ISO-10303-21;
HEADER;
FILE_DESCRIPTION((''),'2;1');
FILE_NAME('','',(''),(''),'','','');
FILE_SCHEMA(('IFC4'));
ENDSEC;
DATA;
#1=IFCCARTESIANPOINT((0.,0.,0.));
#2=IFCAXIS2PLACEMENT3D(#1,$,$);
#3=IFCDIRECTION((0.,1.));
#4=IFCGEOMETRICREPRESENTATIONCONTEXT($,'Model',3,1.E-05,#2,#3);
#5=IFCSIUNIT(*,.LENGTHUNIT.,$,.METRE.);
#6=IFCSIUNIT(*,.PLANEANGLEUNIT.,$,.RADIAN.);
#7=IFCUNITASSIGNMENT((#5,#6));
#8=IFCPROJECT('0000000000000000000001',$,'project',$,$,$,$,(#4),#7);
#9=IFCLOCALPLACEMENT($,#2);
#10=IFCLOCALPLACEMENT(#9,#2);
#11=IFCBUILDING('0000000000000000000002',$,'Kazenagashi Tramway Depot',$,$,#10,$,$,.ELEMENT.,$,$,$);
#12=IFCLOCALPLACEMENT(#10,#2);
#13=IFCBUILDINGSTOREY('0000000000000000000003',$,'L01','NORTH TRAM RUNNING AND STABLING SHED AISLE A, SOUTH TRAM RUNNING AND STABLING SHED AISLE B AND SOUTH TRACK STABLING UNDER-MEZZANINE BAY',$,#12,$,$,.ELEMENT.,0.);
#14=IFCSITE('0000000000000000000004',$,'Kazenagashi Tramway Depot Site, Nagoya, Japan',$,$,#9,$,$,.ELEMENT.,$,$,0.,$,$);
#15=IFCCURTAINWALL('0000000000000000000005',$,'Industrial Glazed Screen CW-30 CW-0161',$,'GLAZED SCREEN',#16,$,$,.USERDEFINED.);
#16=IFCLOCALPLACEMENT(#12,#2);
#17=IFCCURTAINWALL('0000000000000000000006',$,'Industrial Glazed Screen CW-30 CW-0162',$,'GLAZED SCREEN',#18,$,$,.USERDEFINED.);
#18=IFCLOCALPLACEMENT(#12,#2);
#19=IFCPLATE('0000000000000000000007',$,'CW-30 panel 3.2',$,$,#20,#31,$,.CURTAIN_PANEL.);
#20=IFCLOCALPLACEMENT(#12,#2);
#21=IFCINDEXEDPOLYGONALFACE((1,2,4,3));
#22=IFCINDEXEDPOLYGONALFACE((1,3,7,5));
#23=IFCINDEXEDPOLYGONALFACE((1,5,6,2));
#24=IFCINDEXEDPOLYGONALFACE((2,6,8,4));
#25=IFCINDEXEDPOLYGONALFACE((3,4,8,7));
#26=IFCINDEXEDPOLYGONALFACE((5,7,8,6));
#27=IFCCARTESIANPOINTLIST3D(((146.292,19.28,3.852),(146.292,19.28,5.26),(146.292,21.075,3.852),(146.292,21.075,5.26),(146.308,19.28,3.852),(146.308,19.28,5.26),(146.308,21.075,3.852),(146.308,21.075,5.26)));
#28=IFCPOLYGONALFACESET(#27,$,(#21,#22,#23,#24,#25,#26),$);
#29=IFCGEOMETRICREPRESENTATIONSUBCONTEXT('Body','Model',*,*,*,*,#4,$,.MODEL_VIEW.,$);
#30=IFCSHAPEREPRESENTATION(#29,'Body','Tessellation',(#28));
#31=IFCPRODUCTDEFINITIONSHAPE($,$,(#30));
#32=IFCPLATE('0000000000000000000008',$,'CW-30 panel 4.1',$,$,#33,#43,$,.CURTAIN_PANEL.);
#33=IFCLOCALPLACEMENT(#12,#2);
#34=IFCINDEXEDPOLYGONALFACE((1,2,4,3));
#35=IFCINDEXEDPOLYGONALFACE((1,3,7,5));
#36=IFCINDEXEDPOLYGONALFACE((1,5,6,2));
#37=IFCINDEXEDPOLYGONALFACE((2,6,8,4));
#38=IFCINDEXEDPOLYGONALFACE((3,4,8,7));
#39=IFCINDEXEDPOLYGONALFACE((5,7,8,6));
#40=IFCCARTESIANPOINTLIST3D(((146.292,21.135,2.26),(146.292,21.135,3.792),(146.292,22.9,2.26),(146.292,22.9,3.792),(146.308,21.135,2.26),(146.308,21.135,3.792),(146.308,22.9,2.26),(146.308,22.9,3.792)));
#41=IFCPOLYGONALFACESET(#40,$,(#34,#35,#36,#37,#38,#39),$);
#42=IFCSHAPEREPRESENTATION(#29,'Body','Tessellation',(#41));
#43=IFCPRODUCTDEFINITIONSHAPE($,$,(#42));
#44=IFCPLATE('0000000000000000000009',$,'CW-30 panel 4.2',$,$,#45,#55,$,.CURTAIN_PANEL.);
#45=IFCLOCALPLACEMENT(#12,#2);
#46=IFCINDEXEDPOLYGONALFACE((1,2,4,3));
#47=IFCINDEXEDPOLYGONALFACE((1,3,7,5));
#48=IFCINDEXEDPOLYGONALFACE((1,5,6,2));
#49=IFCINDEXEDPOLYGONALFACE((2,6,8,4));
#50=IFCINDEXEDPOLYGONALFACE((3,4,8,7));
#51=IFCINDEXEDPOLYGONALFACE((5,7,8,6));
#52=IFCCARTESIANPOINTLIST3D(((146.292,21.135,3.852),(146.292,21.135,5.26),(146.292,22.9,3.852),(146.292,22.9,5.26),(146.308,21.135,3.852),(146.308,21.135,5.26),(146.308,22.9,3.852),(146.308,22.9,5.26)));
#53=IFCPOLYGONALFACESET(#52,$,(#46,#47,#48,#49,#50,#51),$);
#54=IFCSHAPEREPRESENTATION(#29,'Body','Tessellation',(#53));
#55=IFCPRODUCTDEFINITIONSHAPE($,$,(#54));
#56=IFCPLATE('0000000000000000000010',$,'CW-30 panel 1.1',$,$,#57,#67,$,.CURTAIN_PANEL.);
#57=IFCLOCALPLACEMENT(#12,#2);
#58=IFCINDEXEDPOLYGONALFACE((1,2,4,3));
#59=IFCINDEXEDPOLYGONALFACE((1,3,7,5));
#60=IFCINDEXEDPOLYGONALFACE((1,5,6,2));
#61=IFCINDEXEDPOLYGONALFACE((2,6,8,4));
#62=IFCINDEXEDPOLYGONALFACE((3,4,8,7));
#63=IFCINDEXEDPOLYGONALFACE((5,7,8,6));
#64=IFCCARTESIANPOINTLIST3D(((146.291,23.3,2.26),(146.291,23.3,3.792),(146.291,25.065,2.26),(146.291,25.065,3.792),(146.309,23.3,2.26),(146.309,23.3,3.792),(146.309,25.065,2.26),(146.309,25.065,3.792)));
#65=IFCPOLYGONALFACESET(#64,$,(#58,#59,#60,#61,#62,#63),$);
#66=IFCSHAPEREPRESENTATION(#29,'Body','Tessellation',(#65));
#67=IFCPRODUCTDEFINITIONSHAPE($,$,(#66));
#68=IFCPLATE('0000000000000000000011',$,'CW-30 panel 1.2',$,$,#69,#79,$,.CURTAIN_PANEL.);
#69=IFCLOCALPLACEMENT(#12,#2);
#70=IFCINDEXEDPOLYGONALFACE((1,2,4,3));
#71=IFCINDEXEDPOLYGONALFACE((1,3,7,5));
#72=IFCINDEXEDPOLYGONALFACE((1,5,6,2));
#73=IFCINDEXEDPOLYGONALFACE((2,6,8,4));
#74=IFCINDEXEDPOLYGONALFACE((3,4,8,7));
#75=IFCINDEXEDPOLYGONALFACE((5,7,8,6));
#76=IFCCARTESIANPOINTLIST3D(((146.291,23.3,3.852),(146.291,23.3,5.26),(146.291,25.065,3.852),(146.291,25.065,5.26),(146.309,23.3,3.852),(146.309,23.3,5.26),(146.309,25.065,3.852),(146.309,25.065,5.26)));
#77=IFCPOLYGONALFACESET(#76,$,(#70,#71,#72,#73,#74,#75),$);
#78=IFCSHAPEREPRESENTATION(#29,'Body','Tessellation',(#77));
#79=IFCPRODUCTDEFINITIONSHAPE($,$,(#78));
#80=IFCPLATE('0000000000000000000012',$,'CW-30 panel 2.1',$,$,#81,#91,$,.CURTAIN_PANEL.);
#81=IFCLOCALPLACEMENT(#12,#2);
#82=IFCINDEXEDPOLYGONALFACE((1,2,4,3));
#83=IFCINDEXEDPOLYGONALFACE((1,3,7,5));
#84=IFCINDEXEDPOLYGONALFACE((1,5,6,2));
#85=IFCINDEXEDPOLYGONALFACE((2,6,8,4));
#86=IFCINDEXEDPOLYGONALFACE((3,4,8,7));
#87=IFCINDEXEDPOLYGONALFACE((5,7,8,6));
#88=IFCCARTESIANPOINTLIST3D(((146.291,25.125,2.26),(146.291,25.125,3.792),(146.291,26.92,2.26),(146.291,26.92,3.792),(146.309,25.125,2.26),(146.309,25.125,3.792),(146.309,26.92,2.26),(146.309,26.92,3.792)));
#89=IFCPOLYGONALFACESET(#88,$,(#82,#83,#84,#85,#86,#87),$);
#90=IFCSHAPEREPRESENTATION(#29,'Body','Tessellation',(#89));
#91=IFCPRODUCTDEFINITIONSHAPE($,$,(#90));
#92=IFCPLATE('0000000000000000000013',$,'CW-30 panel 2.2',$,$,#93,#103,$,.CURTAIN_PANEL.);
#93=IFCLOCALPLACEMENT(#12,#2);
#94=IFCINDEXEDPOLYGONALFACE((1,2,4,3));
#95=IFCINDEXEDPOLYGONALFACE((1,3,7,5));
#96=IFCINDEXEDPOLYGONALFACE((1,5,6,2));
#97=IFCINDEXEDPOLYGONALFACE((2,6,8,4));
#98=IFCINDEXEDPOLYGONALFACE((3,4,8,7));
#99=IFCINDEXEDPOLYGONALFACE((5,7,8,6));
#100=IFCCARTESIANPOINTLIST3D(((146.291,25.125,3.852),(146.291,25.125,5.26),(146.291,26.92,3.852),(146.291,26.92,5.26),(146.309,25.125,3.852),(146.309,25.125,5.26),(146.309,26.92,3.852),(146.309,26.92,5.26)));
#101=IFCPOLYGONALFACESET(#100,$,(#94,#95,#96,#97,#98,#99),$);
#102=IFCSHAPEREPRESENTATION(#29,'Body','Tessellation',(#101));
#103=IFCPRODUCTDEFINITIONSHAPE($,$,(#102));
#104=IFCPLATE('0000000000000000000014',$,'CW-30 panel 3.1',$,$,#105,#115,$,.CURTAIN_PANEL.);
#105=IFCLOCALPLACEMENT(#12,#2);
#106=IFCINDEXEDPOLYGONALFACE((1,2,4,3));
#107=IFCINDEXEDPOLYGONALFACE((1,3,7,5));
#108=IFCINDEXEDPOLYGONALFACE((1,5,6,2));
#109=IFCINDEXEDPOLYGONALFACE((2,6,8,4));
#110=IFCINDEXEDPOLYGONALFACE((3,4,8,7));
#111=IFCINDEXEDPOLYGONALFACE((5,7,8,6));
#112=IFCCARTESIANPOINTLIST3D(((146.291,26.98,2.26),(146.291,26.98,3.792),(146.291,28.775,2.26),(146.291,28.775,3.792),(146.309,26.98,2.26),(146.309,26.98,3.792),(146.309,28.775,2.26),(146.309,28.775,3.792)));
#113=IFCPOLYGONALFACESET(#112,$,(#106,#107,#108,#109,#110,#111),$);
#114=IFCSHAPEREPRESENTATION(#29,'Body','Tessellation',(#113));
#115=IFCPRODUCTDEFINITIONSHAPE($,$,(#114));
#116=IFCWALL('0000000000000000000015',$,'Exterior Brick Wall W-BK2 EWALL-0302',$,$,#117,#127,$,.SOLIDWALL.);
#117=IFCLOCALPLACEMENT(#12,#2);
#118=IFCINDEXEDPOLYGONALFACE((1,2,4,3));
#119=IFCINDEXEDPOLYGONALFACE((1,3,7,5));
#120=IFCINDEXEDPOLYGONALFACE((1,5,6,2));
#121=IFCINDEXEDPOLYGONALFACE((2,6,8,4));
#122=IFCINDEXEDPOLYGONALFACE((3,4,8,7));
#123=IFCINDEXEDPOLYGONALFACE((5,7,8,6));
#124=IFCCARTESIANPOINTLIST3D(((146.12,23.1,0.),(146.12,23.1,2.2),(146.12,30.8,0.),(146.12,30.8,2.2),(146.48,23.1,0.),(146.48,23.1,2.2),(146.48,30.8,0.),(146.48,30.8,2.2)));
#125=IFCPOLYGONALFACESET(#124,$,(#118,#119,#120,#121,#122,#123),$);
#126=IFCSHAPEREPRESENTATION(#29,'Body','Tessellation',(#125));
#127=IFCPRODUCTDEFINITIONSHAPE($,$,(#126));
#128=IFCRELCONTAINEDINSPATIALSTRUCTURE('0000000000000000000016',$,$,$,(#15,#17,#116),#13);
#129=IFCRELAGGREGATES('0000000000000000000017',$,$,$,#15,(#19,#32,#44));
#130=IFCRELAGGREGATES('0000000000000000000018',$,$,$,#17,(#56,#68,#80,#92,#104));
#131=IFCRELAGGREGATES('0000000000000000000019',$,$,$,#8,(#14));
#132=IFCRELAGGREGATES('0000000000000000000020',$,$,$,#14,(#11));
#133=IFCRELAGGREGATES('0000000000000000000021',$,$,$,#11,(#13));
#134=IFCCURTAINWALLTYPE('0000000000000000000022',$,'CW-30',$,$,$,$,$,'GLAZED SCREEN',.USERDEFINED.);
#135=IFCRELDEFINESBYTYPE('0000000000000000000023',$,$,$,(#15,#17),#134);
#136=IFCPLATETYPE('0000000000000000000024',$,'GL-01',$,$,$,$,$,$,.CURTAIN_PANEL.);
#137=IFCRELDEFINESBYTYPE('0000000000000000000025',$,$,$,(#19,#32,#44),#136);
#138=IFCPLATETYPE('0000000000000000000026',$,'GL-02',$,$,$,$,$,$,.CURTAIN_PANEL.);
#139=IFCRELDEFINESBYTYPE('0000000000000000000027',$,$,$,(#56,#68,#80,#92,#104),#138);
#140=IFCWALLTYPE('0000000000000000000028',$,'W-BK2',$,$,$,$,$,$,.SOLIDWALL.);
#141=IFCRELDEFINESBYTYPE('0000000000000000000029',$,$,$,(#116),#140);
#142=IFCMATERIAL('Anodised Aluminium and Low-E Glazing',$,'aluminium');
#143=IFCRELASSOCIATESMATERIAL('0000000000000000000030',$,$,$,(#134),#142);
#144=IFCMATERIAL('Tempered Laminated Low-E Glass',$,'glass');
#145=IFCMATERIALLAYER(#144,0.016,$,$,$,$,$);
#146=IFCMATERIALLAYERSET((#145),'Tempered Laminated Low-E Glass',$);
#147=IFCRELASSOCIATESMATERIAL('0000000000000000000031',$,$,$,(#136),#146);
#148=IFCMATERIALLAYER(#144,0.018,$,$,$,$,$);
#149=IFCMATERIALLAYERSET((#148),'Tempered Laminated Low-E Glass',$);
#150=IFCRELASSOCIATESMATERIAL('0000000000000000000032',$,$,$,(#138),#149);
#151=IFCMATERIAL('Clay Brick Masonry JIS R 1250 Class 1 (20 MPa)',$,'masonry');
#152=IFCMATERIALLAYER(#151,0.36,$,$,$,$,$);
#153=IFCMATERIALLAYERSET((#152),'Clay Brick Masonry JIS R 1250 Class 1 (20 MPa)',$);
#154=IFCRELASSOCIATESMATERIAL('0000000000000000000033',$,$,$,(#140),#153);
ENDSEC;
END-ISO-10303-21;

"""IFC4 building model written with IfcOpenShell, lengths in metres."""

from ifc_helpers import new_model, si_unit, direction, frame, frame_2d, origin, origin_2d, place, context, subcontext, project, spatial, rectangle, extrude, material, layer, layer_set, type_object, element, aggregate, save


model = new_model("IFC4")

# Units and contexts
model_context = context("Model", 3, precision=1e-05, world=origin(), true_north=direction((0.0, 1.0)))
body_context = subcontext(model_context, "Body", "Model", "MODEL_VIEW")
ifc_project = project(units=[si_unit("LENGTHUNIT", "METRE"), si_unit("PLANEANGLEUNIT", "RADIAN")], contexts=[model_context])

# Site, building, storey
site_placement = place(None, origin())
site = spatial("IfcSite", under=ifc_project, at=site_placement, Name="Kazenagashi Tramway Depot Site, Nagoya, Japan", CompositionType="ELEMENT", RefElevation=0.0)
building_placement = place(site_placement, origin())
building = spatial("IfcBuilding", under=site, at=building_placement, Name="Kazenagashi Tramway Depot", CompositionType="ELEMENT")
storey_placement = place(building_placement, origin())
storey = spatial("IfcBuildingStorey", under=building, at=storey_placement, Name="L01", Description="NORTH TRAM RUNNING AND STABLING SHED AISLE A, SOUTH TRAM RUNNING AND STABLING SHED AISLE B AND SOUTH TRACK STABLING UNDER-MEZZANINE BAY", CompositionType="ELEMENT", Elevation=0.0)

# Curtain walls
ifc_material_1 = material(Name="Anodised Aluminium and Low-E Glazing", Category="aluminium")
curtain_wall_type = type_object("IfcCurtainWallType", Name="CW-30", ElementType="GLAZED SCREEN", PredefinedType="USERDEFINED", material=ifc_material_1)
curtain_wall_1_placement = place(storey_placement, origin())
curtain_wall_1 = element("IfcCurtainWall", 1, at=curtain_wall_1_placement, inside=storey, type_object=curtain_wall_type, Name="Industrial Glazed Screen CW-30 CW-0161", ObjectType="GLAZED SCREEN", PredefinedType="USERDEFINED")
curtain_wall_2_placement = place(storey_placement, origin())
curtain_wall_2 = element("IfcCurtainWall", 2, at=curtain_wall_2_placement, inside=storey, type_object=curtain_wall_type, Name="Industrial Glazed Screen CW-30 CW-0162", ObjectType="GLAZED SCREEN", PredefinedType="USERDEFINED")

# Plates
ifc_material_2 = material(Name="Tempered Laminated Low-E Glass", Category="glass")
ifc_layer_1 = layer(ifc_material_2, 0.016)
ifc_layer_set_1 = layer_set([ifc_layer_1], Name="Tempered Laminated Low-E Glass")
plate_type_1 = type_object("IfcPlateType", Name="GL-01", PredefinedType="CURTAIN_PANEL", material=ifc_layer_set_1)
plate_1_placement = place(storey_placement, frame((146.3, 20.1775, 3.852), z_axis=(0.0, 0.0, 1.0), x_axis=(0.0, 1.0, 0.0)))
plate_1 = element("IfcPlate", 3, at=plate_1_placement, type_object=plate_type_1, Name="CW-30 panel 3.2", PredefinedType="CURTAIN_PANEL", context=body_context, shape_type="SweptSolid", body=[
    extrude(rectangle(XDim=1.795, YDim=0.016, at=origin_2d()), origin(), (0.0, 0.0, 1.0), 1.408),
])
plate_2_placement = place(storey_placement, frame((146.3, 22.0175, 2.26), z_axis=(0.0, 0.0, 1.0), x_axis=(0.0, 1.0, 0.0)))
plate_2 = element("IfcPlate", 4, at=plate_2_placement, type_object=plate_type_1, Name="CW-30 panel 4.1", PredefinedType="CURTAIN_PANEL", context=body_context, shape_type="SweptSolid", body=[
    extrude(rectangle(XDim=1.765, YDim=0.016, at=origin_2d()), origin(), (0.0, 0.0, 1.0), 1.532),
])
plate_3_placement = place(storey_placement, frame((146.3, 22.0175, 3.852), z_axis=(0.0, 0.0, 1.0), x_axis=(0.0, 1.0, 0.0)))
plate_3 = element("IfcPlate", 5, at=plate_3_placement, type_object=plate_type_1, Name="CW-30 panel 4.2", PredefinedType="CURTAIN_PANEL", context=body_context, shape_type="SweptSolid", body=[
    extrude(rectangle(XDim=1.765, YDim=0.016, at=origin_2d()), origin(), (0.0, 0.0, 1.0), 1.408),
])
aggregate(curtain_wall_1, [plate_1, plate_2, plate_3])
ifc_layer_2 = layer(ifc_material_2, 0.018)
ifc_layer_set_2 = layer_set([ifc_layer_2], Name="Tempered Laminated Low-E Glass")
plate_type_2 = type_object("IfcPlateType", Name="GL-02", PredefinedType="CURTAIN_PANEL", material=ifc_layer_set_2)
plate_4_placement = place(storey_placement, frame((146.3, 24.1825, 2.26), z_axis=(0.0, 0.0, 1.0), x_axis=(0.0, 1.0, 0.0)))
plate_4 = element("IfcPlate", 6, at=plate_4_placement, type_object=plate_type_2, Name="CW-30 panel 1.1", PredefinedType="CURTAIN_PANEL", context=body_context, shape_type="SweptSolid", body=[
    extrude(rectangle(XDim=1.765, YDim=0.018, at=origin_2d()), origin(), (0.0, 0.0, 1.0), 1.532),
])
plate_5_placement = place(storey_placement, frame((146.3, 24.1825, 3.852), z_axis=(0.0, 0.0, 1.0), x_axis=(0.0, 1.0, 0.0)))
plate_5 = element("IfcPlate", 7, at=plate_5_placement, type_object=plate_type_2, Name="CW-30 panel 1.2", PredefinedType="CURTAIN_PANEL", context=body_context, shape_type="SweptSolid", body=[
    extrude(rectangle(XDim=1.765, YDim=0.018, at=origin_2d()), origin(), (0.0, 0.0, 1.0), 1.408),
])
plate_6_placement = place(storey_placement, frame((146.3, 26.0225, 2.26), z_axis=(0.0, 0.0, 1.0), x_axis=(0.0, 1.0, 0.0)))
plate_6 = element("IfcPlate", 8, at=plate_6_placement, type_object=plate_type_2, Name="CW-30 panel 2.1", PredefinedType="CURTAIN_PANEL", context=body_context, shape_type="SweptSolid", body=[
    extrude(rectangle(XDim=1.795, YDim=0.018, at=origin_2d()), origin(), (0.0, 0.0, 1.0), 1.532),
])
plate_7_placement = place(storey_placement, frame((146.3, 26.0225, 3.852), z_axis=(0.0, 0.0, 1.0), x_axis=(0.0, 1.0, 0.0)))
plate_7 = element("IfcPlate", 9, at=plate_7_placement, type_object=plate_type_2, Name="CW-30 panel 2.2", PredefinedType="CURTAIN_PANEL", context=body_context, shape_type="SweptSolid", body=[
    extrude(rectangle(XDim=1.795, YDim=0.018, at=origin_2d()), origin(), (0.0, 0.0, 1.0), 1.408),
])
plate_8_placement = place(storey_placement, frame((146.3, 27.8775, 2.26), z_axis=(0.0, 0.0, 1.0), x_axis=(0.0, 1.0, 0.0)))
plate_8 = element("IfcPlate", 10, at=plate_8_placement, type_object=plate_type_2, Name="CW-30 panel 3.1", PredefinedType="CURTAIN_PANEL", context=body_context, shape_type="SweptSolid", body=[
    extrude(rectangle(XDim=1.795, YDim=0.018, at=origin_2d()), origin(), (0.0, 0.0, 1.0), 1.532),
])
aggregate(curtain_wall_2, [plate_4, plate_5, plate_6, plate_7, plate_8])

# Wall
ifc_material_3 = material(Name="Clay Brick Masonry JIS R 1250 Class 1 (20 MPa)", Category="masonry")
ifc_layer_3 = layer(ifc_material_3, 0.36)
ifc_layer_set_3 = layer_set([ifc_layer_3], Name="Clay Brick Masonry JIS R 1250 Class 1 (20 MPa)")
wall_type = type_object("IfcWallType", Name="W-BK2", PredefinedType="SOLIDWALL", material=ifc_layer_set_3)
wall_placement = place(storey_placement, frame((146.3, 23.1, 0.0), z_axis=(0.0, 0.0, 1.0), x_axis=(0.0, 1.0, 0.0)))
element("IfcWall", 11, at=wall_placement, inside=storey, type_object=wall_type, Name="Exterior Brick Wall W-BK2 EWALL-0302", PredefinedType="SOLIDWALL", context=body_context, shape_type="SweptSolid", body=[
    extrude(rectangle(XDim=7.7, YDim=0.36, at=frame_2d((3.85, 0.0))), origin(), (0.0, 0.0, 1.0), 2.2),
])

save(model, "model.ifc")
